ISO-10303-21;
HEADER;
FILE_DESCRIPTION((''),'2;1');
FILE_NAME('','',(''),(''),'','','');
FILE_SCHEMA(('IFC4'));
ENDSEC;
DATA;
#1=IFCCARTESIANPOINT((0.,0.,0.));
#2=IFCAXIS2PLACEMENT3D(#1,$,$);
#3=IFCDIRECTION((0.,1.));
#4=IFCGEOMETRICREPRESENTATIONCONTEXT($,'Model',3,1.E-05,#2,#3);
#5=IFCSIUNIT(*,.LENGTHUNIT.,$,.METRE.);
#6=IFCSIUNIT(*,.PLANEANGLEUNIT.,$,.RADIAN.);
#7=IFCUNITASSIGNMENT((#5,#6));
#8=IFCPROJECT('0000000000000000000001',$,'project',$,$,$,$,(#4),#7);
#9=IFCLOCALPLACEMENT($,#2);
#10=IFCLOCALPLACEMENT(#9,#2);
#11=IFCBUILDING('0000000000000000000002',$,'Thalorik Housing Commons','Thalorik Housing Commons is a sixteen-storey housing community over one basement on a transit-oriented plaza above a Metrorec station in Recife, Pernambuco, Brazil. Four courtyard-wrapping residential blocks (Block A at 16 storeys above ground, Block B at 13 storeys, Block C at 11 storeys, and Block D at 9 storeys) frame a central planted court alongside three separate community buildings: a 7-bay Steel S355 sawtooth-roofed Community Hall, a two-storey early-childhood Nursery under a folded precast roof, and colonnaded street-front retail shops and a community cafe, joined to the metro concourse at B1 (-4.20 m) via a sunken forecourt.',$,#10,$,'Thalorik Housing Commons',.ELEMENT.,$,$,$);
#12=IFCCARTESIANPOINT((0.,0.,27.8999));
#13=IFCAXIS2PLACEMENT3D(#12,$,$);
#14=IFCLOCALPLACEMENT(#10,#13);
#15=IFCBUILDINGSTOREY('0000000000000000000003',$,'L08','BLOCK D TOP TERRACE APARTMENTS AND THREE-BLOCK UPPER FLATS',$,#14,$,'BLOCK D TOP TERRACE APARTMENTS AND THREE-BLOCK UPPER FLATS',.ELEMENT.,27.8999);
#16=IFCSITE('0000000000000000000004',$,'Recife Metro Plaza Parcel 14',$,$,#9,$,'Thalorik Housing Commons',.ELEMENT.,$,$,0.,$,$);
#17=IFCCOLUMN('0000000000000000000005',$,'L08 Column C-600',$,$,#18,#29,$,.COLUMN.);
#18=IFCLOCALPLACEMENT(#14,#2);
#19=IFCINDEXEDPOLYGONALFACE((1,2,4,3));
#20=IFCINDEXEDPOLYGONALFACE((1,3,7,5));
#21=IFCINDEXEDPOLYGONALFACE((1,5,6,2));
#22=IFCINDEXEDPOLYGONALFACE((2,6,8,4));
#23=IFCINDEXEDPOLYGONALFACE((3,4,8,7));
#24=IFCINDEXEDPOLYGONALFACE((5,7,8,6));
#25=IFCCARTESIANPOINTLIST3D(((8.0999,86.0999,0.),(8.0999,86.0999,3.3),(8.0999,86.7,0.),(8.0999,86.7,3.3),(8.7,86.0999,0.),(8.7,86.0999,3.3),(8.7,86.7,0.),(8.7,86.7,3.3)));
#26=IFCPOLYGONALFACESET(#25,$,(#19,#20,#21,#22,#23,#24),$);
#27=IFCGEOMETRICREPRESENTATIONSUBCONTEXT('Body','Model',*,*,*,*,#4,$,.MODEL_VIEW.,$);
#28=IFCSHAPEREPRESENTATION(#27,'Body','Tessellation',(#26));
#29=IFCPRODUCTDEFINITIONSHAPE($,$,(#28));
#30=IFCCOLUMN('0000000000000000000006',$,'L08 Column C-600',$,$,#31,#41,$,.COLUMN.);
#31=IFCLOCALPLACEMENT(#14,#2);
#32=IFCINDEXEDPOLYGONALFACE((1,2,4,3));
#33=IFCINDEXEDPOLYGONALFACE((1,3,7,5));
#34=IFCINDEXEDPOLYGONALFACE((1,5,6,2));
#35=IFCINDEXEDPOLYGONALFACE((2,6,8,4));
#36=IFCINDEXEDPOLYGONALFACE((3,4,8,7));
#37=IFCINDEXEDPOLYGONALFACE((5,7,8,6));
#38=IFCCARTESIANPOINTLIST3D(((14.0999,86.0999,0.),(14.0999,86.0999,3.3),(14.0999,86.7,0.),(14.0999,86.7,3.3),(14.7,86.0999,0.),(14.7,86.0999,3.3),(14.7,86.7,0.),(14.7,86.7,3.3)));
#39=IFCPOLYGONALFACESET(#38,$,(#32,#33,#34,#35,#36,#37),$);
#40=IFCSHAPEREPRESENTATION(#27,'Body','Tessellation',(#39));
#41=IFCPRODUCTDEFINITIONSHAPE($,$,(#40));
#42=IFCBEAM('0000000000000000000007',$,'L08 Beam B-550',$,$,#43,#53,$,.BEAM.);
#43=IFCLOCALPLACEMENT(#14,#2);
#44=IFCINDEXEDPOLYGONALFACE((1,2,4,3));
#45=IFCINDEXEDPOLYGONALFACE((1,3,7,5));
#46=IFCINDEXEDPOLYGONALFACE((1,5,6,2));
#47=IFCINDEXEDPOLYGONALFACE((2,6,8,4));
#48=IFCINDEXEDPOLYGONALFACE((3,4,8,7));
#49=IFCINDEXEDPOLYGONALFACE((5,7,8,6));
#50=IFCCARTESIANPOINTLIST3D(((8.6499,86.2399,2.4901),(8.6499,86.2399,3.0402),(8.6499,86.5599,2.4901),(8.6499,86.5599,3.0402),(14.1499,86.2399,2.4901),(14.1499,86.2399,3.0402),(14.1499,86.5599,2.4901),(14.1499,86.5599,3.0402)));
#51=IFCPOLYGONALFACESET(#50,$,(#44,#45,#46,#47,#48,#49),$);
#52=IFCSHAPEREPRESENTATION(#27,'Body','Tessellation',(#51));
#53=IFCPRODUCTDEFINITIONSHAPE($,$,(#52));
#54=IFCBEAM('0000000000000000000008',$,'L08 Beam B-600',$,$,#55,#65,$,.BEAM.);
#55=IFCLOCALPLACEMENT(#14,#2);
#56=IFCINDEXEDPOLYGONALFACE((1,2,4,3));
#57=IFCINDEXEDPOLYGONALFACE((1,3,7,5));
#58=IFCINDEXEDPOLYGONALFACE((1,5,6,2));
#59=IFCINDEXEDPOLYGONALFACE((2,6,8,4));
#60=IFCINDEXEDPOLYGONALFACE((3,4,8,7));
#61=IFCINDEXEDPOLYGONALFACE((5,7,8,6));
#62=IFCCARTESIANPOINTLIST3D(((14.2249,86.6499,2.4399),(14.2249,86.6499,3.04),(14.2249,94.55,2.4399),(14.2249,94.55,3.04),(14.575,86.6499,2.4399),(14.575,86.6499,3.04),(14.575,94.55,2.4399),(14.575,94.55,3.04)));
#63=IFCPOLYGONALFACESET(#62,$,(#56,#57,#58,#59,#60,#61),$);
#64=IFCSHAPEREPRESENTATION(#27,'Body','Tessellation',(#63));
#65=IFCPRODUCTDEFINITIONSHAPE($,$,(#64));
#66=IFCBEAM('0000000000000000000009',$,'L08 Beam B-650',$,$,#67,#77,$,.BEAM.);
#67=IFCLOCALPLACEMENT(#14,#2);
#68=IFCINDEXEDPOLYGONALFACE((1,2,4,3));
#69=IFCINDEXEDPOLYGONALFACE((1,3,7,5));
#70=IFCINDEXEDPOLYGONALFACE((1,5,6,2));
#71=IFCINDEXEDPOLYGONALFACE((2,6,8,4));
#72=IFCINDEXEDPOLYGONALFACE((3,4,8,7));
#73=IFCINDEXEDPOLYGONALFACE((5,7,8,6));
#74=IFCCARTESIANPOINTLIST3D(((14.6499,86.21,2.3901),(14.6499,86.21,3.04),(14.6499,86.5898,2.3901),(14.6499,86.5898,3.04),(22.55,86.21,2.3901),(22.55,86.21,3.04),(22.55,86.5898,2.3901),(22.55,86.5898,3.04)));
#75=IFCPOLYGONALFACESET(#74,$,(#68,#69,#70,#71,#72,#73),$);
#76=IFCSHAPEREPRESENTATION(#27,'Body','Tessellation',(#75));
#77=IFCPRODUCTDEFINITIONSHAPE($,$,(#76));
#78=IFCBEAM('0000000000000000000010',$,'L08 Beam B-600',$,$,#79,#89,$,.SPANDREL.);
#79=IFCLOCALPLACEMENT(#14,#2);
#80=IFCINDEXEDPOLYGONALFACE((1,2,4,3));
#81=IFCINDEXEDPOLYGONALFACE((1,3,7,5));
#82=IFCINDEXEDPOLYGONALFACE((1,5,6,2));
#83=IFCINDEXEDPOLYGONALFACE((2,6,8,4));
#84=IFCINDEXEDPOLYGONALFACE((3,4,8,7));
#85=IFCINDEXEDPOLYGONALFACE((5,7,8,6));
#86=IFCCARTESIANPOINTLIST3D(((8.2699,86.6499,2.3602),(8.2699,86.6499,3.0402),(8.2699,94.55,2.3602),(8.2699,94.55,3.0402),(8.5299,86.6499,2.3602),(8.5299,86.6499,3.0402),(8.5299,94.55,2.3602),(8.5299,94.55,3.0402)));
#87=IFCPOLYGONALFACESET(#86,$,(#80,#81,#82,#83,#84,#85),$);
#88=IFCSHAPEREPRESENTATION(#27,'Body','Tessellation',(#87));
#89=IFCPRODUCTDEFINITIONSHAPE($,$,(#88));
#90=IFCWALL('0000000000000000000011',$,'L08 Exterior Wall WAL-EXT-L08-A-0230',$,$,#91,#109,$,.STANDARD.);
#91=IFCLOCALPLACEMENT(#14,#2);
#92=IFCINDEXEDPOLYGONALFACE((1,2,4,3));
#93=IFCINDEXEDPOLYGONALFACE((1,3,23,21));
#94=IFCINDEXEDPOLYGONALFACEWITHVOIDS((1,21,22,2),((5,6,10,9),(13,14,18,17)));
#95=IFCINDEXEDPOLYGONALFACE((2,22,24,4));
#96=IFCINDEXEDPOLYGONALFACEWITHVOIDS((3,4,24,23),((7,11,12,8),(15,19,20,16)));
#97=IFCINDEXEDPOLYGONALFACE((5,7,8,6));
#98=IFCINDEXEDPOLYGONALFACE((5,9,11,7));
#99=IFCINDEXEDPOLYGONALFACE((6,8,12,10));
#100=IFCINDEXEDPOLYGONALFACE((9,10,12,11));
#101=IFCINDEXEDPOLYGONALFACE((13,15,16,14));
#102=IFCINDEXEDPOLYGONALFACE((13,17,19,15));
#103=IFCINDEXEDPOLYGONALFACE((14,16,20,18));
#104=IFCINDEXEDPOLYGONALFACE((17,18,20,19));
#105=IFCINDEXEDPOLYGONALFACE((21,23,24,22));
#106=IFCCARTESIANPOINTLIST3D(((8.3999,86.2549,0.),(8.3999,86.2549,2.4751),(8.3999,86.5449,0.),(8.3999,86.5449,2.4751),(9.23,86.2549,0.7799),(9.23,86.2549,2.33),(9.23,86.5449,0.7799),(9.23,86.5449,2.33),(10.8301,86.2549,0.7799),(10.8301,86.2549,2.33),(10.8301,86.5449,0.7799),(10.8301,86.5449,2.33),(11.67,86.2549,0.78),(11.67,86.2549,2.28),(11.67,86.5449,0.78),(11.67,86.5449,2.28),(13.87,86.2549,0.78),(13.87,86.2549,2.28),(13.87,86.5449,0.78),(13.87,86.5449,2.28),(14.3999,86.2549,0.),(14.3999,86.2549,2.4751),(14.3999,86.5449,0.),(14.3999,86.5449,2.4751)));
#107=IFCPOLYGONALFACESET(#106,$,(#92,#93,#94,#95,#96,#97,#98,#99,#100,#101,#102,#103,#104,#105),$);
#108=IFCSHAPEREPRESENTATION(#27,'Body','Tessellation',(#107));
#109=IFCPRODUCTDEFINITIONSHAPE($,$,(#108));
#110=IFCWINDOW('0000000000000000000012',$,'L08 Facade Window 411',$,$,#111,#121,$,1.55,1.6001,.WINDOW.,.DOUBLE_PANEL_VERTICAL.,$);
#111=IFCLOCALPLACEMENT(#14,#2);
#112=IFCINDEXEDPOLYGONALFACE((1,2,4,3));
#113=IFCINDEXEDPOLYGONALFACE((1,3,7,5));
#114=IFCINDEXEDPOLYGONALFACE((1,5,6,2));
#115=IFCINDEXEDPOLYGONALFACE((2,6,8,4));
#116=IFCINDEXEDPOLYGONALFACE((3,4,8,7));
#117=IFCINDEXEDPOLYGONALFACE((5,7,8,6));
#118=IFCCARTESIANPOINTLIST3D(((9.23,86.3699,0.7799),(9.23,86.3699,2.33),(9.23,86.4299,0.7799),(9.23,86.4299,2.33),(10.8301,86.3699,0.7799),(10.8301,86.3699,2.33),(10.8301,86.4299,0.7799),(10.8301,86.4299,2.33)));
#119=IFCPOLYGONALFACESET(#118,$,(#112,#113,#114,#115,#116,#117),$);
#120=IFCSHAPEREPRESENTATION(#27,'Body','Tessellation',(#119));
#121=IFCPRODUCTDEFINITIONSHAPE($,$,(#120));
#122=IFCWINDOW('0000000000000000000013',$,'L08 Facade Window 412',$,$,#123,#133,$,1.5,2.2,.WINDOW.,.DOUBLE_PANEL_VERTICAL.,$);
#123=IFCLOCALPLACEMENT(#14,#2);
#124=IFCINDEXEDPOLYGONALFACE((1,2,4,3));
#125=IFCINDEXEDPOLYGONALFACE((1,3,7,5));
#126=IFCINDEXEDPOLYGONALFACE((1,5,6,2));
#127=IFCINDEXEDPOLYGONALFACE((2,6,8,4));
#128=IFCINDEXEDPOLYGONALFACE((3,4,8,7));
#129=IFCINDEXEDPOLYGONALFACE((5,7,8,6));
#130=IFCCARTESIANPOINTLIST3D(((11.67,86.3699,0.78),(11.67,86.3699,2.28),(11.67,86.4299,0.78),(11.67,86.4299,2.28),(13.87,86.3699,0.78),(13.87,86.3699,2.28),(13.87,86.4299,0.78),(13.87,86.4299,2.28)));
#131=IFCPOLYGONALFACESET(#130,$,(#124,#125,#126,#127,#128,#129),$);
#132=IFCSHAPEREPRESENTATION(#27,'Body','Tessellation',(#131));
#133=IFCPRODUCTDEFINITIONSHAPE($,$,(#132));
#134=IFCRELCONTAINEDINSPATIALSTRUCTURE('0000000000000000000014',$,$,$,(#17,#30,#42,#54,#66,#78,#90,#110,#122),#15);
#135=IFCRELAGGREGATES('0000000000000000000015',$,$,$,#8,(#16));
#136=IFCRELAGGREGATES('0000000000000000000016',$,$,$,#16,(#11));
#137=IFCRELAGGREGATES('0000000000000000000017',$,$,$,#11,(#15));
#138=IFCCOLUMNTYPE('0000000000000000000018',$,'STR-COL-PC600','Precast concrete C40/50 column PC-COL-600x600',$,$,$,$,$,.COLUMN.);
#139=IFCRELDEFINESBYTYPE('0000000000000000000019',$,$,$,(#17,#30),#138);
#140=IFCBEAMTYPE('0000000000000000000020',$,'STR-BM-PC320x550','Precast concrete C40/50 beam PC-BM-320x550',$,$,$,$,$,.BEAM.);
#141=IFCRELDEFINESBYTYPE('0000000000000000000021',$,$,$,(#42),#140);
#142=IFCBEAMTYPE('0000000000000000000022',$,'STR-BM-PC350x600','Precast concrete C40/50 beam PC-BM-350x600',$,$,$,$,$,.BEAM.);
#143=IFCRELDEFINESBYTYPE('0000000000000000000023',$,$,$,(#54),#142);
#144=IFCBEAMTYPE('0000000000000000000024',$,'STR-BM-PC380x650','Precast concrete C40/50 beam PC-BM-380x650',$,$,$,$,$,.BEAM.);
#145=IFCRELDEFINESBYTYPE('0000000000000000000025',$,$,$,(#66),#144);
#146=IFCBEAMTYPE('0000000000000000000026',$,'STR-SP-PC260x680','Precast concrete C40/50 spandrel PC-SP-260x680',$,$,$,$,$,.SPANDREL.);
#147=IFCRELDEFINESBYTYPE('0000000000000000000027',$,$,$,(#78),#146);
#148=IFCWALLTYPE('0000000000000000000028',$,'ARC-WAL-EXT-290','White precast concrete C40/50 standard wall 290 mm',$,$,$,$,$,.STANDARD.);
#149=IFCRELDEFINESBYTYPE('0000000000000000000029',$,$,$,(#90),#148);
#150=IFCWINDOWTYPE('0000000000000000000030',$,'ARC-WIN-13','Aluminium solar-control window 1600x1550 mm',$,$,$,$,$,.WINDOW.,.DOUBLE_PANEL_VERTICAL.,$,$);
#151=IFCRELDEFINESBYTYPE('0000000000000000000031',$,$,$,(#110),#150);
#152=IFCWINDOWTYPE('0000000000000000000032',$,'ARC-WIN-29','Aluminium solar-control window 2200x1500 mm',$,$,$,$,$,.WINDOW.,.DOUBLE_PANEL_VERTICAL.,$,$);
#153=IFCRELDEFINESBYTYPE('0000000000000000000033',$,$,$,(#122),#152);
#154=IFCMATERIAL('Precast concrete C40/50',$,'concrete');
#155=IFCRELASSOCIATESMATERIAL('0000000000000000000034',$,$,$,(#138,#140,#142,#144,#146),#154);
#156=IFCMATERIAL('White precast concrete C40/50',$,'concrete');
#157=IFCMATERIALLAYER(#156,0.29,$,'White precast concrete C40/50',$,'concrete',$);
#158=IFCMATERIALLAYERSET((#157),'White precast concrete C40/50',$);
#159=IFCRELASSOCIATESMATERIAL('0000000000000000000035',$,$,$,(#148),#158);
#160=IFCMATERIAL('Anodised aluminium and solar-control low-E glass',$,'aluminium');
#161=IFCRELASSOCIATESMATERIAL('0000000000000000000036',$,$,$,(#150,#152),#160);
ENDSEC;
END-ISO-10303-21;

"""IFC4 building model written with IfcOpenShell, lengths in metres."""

from ifc_helpers import new_model, si_unit, direction, frame, frame_2d, origin, origin_2d, place, context, subcontext, project, spatial, rectangle, extrude, material, layer, layer_set, material_profile, profile_set, type_object, element, fill, save


model = new_model("IFC4")

# Units and contexts
model_context = context("Model", 3, precision=1e-05, world=origin(), true_north=direction((0.0, 1.0)))
body_context = subcontext(model_context, "Body", "Model", "MODEL_VIEW")
ifc_project = project(units=[si_unit("LENGTHUNIT", "METRE"), si_unit("PLANEANGLEUNIT", "RADIAN")], contexts=[model_context])

# Site, building, storey
site_placement = place(None, origin())
site = spatial("IfcSite", under=ifc_project, at=site_placement, Name="Recife Metro Plaza Parcel 14", LongName="Thalorik Housing Commons", CompositionType="ELEMENT", RefElevation=0.0)
building_placement = place(site_placement, origin())
building = spatial("IfcBuilding", under=site, at=building_placement, Name="Thalorik Housing Commons", Description="Thalorik Housing Commons is a sixteen-storey housing community over one basement on a transit-oriented plaza above a Metrorec station in Recife, Pernambuco, Brazil. Four courtyard-wrapping residential blocks (Block A at 16 storeys above ground, Block B at 13 storeys, Block C at 11 storeys, and Block D at 9 storeys) frame a central planted court alongside three separate community buildings: a 7-bay Steel S355 sawtooth-roofed Community Hall, a two-storey early-childhood Nursery under a folded precast roof, and colonnaded street-front retail shops and a community cafe, joined to the metro concourse at B1 (-4.20 m) via a sunken forecourt.", LongName="Thalorik Housing Commons", CompositionType="ELEMENT")
storey_placement = place(building_placement, frame((0.0, 0.0, 27.8999)))
storey = spatial("IfcBuildingStorey", under=building, at=storey_placement, Name="L08", Description="BLOCK D TOP TERRACE APARTMENTS AND THREE-BLOCK UPPER FLATS", LongName="BLOCK D TOP TERRACE APARTMENTS AND THREE-BLOCK UPPER FLATS", CompositionType="ELEMENT", Elevation=27.8999)

# Columns
ifc_material_1 = material(Name="Precast concrete C40/50", Category="concrete")
ifc_material_profile_1 = material_profile(ifc_material_1, rectangle(XDim=0.6001, YDim=0.6001, at=origin_2d()), Name="PC 600x600", Category="concrete")
ifc_profile_set_1 = profile_set([ifc_material_profile_1], Name="Precast concrete C40/50")
column_type = type_object("IfcColumnType", Name="STR-COL-PC600", Description="Precast concrete C40/50 column PC-COL-600x600", PredefinedType="COLUMN", material=ifc_profile_set_1)
for number, where, z_axis, x_axis, name in (
    (1, (8.3999, 86.3999, 0.0), (0.0, 0.0, 1.0), (1.0, 0.0, 0.0), "L08 Column C-600"),
    (2, (14.3999, 86.3999, 0.0), (0.0, 0.0, 1.0), (1.0, 0.0, 0.0), "L08 Column C-600"),
):
    element("IfcColumn", number, at=place(storey_placement, frame(where, z_axis=z_axis, x_axis=x_axis)), inside=storey, type_object=column_type, Name=name, PredefinedType="COLUMN", context=body_context, shape_type="SweptSolid", body=[
        extrude(rectangle(XDim=0.6001, YDim=0.6001, at=origin_2d()), origin(), (0.0, 0.0, 1.0), 3.3),
    ])

# Beams
ifc_material_profile_2 = material_profile(ifc_material_1, rectangle(XDim=0.3201, YDim=0.55, at=origin_2d()), Name="PC 320x550", Category="concrete")
ifc_profile_set_2 = profile_set([ifc_material_profile_2], Name="Precast concrete C40/50")
beam_type_1 = type_object("IfcBeamType", Name="STR-BM-PC320x550", Description="Precast concrete C40/50 beam PC-BM-320x550", PredefinedType="BEAM", material=ifc_profile_set_2)
beam_1_placement = place(storey_placement, frame((8.6499, 86.3999, 2.7651), z_axis=(1.0, 0.0, 0.0), x_axis=(0.0, 1.0, 0.0)))
element("IfcBeam", 3, at=beam_1_placement, inside=storey, type_object=beam_type_1, Name="L08 Beam B-550", PredefinedType="BEAM", context=body_context, shape_type="SweptSolid", body=[
    extrude(rectangle(XDim=0.3201, YDim=0.55, at=origin_2d()), origin(), (0.0, 0.0, 1.0), 5.5),
])
ifc_material_profile_3 = material_profile(ifc_material_1, rectangle(XDim=0.3501, YDim=0.6001, at=origin_2d()), Name="PC 350x600", Category="concrete")
ifc_profile_set_3 = profile_set([ifc_material_profile_3], Name="Precast concrete C40/50")
beam_type_2 = type_object("IfcBeamType", Name="STR-BM-PC350x600", Description="Precast concrete C40/50 beam PC-BM-350x600", PredefinedType="BEAM", material=ifc_profile_set_3)
beam_2_placement = place(storey_placement, frame((14.3999, 86.6499, 2.74), z_axis=(0.0, 1.0, 0.0), x_axis=(-1.0, 0.0, 0.0)))
element("IfcBeam", 4, at=beam_2_placement, inside=storey, type_object=beam_type_2, Name="L08 Beam B-600", PredefinedType="BEAM", context=body_context, shape_type="SweptSolid", body=[
    extrude(rectangle(XDim=0.3501, YDim=0.6001, at=origin_2d()), origin(), (0.0, 0.0, 1.0), 7.9001),
])
ifc_material_profile_4 = material_profile(ifc_material_1, rectangle(XDim=0.3799, YDim=0.6499, at=origin_2d()), Name="PC 380x650", Category="concrete")
ifc_profile_set_4 = profile_set([ifc_material_profile_4], Name="Precast concrete C40/50")
beam_type_3 = type_object("IfcBeamType", Name="STR-BM-PC380x650", Description="Precast concrete C40/50 beam PC-BM-380x650", PredefinedType="BEAM", material=ifc_profile_set_4)
beam_3_placement = place(storey_placement, frame((14.6499, 86.3999, 2.7151), z_axis=(1.0, 0.0, 0.0), x_axis=(0.0, 1.0, 0.0)))
element("IfcBeam", 5, at=beam_3_placement, inside=storey, type_object=beam_type_3, Name="L08 Beam B-650", PredefinedType="BEAM", context=body_context, shape_type="SweptSolid", body=[
    extrude(rectangle(XDim=0.3799, YDim=0.6499, at=origin_2d()), origin(), (0.0, 0.0, 1.0), 7.9001),
])
ifc_material_profile_5 = material_profile(ifc_material_1, rectangle(XDim=0.26, YDim=0.6799, at=origin_2d()), Name="PC SP 260x680", Category="concrete")
ifc_profile_set_5 = profile_set([ifc_material_profile_5], Name="Precast concrete C40/50")
beam_type_4 = type_object("IfcBeamType", Name="STR-SP-PC260x680", Description="Precast concrete C40/50 spandrel PC-SP-260x680", PredefinedType="SPANDREL", material=ifc_profile_set_5)
beam_4_placement = place(storey_placement, frame((8.3999, 86.6499, 2.7002), z_axis=(0.0, 1.0, 0.0), x_axis=(-1.0, 0.0, 0.0)))
element("IfcBeam", 6, at=beam_4_placement, inside=storey, type_object=beam_type_4, Name="L08 Beam B-600", PredefinedType="SPANDREL", context=body_context, shape_type="SweptSolid", body=[
    extrude(rectangle(XDim=0.26, YDim=0.6799, at=origin_2d()), origin(), (0.0, 0.0, 1.0), 7.9001),
])

# Wall, openings, windows
ifc_material_2 = material(Name="White precast concrete C40/50", Category="concrete")
ifc_layer_1 = layer(ifc_material_2, 0.29, Name="White precast concrete C40/50", Category="concrete")
ifc_layer_set_1 = layer_set([ifc_layer_1], Name="White precast concrete C40/50")
wall_type = type_object("IfcWallType", Name="ARC-WAL-EXT-290", Description="White precast concrete C40/50 standard wall 290 mm", PredefinedType="STANDARD", material=ifc_layer_set_1)
wall_1_placement = place(storey_placement, frame((8.3999, 86.3999, 0.0), z_axis=(0.0, 0.0, 1.0), x_axis=(1.0, 0.0, 0.0)))
wall_1 = element("IfcWall", 7, at=wall_1_placement, inside=storey, type_object=wall_type, Name="L08 Exterior Wall WAL-EXT-L08-A-0230", PredefinedType="STANDARD", context=body_context, shape_type="SweptSolid", body=[
    extrude(rectangle(XDim=6.0, YDim=0.29, at=frame_2d((3.0, 0.0))), origin(), (0.0, 0.0, 1.0), 2.4751),
])
opening_1_placement = place(wall_1_placement, frame((0.8301, 0.0, 0.78)))
opening_1 = element("IfcOpeningElement", 8, at=opening_1_placement, cuts=wall_1, PredefinedType="OPENING", context=body_context, shape_type="SweptSolid", body=[
    extrude(rectangle(XDim=1.6001, YDim=1.55, at=frame_2d((0.8, 0.7749))), frame((0.0, 0.155, 0.0), z_axis=(0.0, -1.0, 0.0), x_axis=(1.0, 0.0, 0.0)), (0.0, 0.0, 1.0), 0.3101),
])
opening_2_placement = place(wall_1_placement, frame((3.27, 0.0, 0.78)))
opening_2 = element("IfcOpeningElement", 9, at=opening_2_placement, cuts=wall_1, PredefinedType="OPENING", context=body_context, shape_type="SweptSolid", body=[
    extrude(rectangle(XDim=2.2, YDim=1.5, at=frame_2d((1.1001, 0.75))), frame((0.0, 0.155, 0.0), z_axis=(0.0, -1.0, 0.0), x_axis=(1.0, 0.0, 0.0)), (0.0, 0.0, 1.0), 0.3101),
])
ifc_material_3 = material(Name="Anodised aluminium and solar-control low-E glass", Category="aluminium")
window_type_1 = type_object("IfcWindowType", Name="ARC-WIN-13", Description="Aluminium solar-control window 1600x1550 mm", PartitioningType="DOUBLE_PANEL_VERTICAL", PredefinedType="WINDOW", material=ifc_material_3)
window_1_placement = place(opening_1_placement, origin())
window_1 = element("IfcWindow", 10, at=window_1_placement, inside=storey, type_object=window_type_1, Name="L08 Facade Window 411", OverallHeight=1.55, OverallWidth=1.6001, PartitioningType="DOUBLE_PANEL_VERTICAL", PredefinedType="WINDOW", context=body_context, shape_type="SweptSolid", body=[
    extrude(rectangle(XDim=1.6001, YDim=1.55, at=frame_2d((0.8, 0.7749))), frame((0.0, 0.03, 0.0), z_axis=(0.0, -1.0, 0.0), x_axis=(1.0, 0.0, 0.0)), (0.0, 0.0, 1.0), 0.0601),
])
fill(opening_1, window_1)
window_type_2 = type_object("IfcWindowType", Name="ARC-WIN-29", Description="Aluminium solar-control window 2200x1500 mm", PartitioningType="DOUBLE_PANEL_VERTICAL", PredefinedType="WINDOW", material=ifc_material_3)
window_2_placement = place(opening_2_placement, origin())
window_2 = element("IfcWindow", 11, at=window_2_placement, inside=storey, type_object=window_type_2, Name="L08 Facade Window 412", OverallHeight=1.5, OverallWidth=2.2, PartitioningType="DOUBLE_PANEL_VERTICAL", PredefinedType="WINDOW", context=body_context, shape_type="SweptSolid", body=[
    extrude(rectangle(XDim=2.2, YDim=1.5, at=frame_2d((1.1001, 0.75))), frame((0.0, 0.03, 0.0), z_axis=(0.0, -1.0, 0.0), x_axis=(1.0, 0.0, 0.0)), (0.0, 0.0, 1.0), 0.0601),
])
fill(opening_2, window_2)

save(model, "model.ifc")
